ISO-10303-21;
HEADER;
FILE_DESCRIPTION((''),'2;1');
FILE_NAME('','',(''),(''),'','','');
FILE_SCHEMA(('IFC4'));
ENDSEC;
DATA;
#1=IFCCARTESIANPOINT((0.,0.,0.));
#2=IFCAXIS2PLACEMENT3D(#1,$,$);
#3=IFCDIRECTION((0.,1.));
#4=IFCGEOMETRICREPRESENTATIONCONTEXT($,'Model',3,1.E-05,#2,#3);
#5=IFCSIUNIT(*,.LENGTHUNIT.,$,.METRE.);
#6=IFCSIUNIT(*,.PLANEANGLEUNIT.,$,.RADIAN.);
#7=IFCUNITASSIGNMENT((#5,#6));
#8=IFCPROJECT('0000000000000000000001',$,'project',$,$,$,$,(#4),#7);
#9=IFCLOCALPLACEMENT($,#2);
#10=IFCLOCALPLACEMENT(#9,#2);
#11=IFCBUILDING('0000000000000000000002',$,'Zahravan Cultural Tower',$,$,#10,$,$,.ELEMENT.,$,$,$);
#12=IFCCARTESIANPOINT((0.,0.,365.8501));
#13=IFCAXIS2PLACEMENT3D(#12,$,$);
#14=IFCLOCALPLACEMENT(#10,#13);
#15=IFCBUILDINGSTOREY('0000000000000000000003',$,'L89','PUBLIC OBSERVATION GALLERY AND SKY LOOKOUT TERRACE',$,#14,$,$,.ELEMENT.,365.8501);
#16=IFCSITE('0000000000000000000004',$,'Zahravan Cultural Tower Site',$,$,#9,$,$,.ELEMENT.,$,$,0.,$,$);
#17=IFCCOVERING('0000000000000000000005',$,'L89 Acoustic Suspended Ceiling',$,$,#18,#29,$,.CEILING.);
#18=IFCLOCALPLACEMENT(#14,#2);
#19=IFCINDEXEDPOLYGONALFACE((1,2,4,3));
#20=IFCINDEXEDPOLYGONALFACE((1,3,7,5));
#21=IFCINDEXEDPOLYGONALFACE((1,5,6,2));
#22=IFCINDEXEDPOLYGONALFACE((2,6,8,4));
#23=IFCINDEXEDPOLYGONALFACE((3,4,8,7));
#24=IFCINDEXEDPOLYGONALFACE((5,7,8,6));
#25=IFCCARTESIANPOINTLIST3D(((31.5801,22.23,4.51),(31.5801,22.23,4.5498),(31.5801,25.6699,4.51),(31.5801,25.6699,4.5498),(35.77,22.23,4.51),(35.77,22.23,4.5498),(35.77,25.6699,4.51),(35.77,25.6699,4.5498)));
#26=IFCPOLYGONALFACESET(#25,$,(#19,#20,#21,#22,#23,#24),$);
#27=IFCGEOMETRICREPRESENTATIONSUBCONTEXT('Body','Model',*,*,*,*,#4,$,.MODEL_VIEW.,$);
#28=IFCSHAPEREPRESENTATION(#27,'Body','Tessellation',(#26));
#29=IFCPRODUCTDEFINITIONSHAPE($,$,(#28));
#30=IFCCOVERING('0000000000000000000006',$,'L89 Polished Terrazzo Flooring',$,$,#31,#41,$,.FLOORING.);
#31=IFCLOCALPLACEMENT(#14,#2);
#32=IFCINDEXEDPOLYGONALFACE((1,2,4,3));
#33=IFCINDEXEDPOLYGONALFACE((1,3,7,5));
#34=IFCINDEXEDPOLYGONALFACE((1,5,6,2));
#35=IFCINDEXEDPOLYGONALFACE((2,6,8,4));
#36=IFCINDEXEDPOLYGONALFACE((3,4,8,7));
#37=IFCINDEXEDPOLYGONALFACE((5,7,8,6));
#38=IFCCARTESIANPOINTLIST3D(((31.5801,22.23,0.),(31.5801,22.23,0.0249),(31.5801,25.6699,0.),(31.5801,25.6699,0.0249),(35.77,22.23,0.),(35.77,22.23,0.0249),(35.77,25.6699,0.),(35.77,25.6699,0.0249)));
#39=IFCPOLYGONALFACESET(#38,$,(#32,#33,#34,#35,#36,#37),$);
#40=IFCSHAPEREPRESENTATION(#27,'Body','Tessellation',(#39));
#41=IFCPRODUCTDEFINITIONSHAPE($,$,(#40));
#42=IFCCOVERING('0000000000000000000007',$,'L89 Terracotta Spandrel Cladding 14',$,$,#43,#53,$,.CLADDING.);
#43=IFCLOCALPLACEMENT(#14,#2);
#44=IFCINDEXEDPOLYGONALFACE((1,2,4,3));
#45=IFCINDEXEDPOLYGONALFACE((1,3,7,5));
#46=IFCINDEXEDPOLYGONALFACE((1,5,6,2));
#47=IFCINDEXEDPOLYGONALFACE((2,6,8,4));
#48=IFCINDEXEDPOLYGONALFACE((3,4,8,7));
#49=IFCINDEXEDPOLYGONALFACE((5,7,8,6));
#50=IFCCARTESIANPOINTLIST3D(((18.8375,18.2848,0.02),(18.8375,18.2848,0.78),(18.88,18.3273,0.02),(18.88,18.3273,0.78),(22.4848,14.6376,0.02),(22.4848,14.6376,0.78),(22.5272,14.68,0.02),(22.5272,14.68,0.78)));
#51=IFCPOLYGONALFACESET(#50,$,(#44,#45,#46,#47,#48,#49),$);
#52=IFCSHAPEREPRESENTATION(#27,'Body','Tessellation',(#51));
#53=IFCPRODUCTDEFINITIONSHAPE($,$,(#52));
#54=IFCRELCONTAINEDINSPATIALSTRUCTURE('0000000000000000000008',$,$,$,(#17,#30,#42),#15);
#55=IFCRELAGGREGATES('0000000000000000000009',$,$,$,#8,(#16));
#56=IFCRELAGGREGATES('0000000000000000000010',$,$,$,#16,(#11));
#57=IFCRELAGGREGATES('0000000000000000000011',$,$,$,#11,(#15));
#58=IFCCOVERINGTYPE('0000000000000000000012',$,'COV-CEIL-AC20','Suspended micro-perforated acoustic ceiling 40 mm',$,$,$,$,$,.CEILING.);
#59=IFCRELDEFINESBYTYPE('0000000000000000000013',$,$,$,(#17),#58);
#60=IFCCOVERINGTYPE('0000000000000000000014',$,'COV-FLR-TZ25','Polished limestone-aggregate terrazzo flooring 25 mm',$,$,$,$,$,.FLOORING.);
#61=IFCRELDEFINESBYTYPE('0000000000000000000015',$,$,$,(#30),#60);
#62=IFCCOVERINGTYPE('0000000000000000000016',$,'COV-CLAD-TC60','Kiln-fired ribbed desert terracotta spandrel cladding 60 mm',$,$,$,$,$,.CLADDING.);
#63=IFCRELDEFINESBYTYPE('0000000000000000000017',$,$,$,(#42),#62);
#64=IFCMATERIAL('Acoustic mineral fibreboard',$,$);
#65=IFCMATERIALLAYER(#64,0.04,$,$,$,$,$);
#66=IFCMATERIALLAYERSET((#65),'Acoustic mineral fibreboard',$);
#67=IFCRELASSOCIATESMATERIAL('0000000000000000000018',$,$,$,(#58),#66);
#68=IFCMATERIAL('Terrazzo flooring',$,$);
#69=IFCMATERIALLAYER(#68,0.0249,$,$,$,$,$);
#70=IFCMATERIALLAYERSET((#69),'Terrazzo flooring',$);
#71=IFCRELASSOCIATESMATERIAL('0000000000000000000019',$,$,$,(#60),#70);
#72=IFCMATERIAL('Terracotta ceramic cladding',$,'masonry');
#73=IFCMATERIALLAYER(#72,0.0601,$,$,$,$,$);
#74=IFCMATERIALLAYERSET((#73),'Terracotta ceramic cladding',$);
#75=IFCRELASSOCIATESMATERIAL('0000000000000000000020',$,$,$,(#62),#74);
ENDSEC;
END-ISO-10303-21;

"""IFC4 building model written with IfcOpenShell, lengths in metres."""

from ifc_helpers import new_model, si_unit, direction, frame, origin, origin_2d, place, context, subcontext, project, spatial, polyline, rectangle, outline, extrude, source, transform, mapped, material, layer, layer_set, type_object, element, save


model = new_model("IFC4")

# Units and contexts
model_context = context("Model", 3, precision=1e-05, world=origin(), true_north=direction((0.0, 1.0)))
body_context = subcontext(model_context, "Body", "Model", "MODEL_VIEW")
ifc_project = project(units=[si_unit("LENGTHUNIT", "METRE"), si_unit("PLANEANGLEUNIT", "RADIAN")], contexts=[model_context])

# Site, building, storey
site_placement = place(None, origin())
site = spatial("IfcSite", under=ifc_project, at=site_placement, Name="Zahravan Cultural Tower Site", CompositionType="ELEMENT", RefElevation=0.0)
building_placement = place(site_placement, origin())
building = spatial("IfcBuilding", under=site, at=building_placement, Name="Zahravan Cultural Tower", CompositionType="ELEMENT")
storey_placement = place(building_placement, frame((0.0, 0.0, 365.8501)))
storey = spatial("IfcBuildingStorey", under=building, at=storey_placement, Name="L89", Description="PUBLIC OBSERVATION GALLERY AND SKY LOOKOUT TERRACE", CompositionType="ELEMENT", Elevation=365.8501)

# Coverings
ifc_material_1 = material(Name="Acoustic mineral fibreboard")
ifc_layer_1 = layer(ifc_material_1, 0.04)
ifc_layer_set_1 = layer_set([ifc_layer_1], Name="Acoustic mineral fibreboard")
covering_type_1 = type_object("IfcCoveringType", Name="COV-CEIL-AC20", Description="Suspended micro-perforated acoustic ceiling 40 mm", PredefinedType="CEILING", material=ifc_layer_set_1)
covering_1_placement = place(storey_placement, frame((0.0, 0.0, 4.51)))
element("IfcCovering", 1, at=covering_1_placement, inside=storey, type_object=covering_type_1, Name="L89 Acoustic Suspended Ceiling", PredefinedType="CEILING", context=body_context, shape_type="SweptSolid", body=[
    extrude(outline(polyline([(35.77, 25.6699), (31.5801, 25.6699), (31.5801, 22.23), (35.77, 22.23), (35.77, 25.6699)])), origin(), (0.0, 0.0, 1.0), 0.0398),
])
ifc_material_2 = material(Name="Terrazzo flooring")
ifc_layer_2 = layer(ifc_material_2, 0.0249)
ifc_layer_set_2 = layer_set([ifc_layer_2], Name="Terrazzo flooring")
covering_type_2 = type_object("IfcCoveringType", Name="COV-FLR-TZ25", Description="Polished limestone-aggregate terrazzo flooring 25 mm", PredefinedType="FLOORING", material=ifc_layer_set_2)
covering_2_placement = place(storey_placement, origin())
element("IfcCovering", 2, at=covering_2_placement, inside=storey, type_object=covering_type_2, Name="L89 Polished Terrazzo Flooring", PredefinedType="FLOORING", context=body_context, shape_type="SweptSolid", body=[
    extrude(outline(polyline([(35.77, 25.6699), (31.5801, 25.6699), (31.5801, 22.23), (35.77, 22.23), (35.77, 25.6699)])), origin(), (0.0, 0.0, 1.0), 0.0249),
])
ifc_material_3 = material(Name="Terracotta ceramic cladding", Category="masonry")
ifc_layer_3 = layer(ifc_material_3, 0.0601)
ifc_layer_set_3 = layer_set([ifc_layer_3], Name="Terracotta ceramic cladding")
covering_type_3 = type_object("IfcCoveringType", Name="COV-CLAD-TC60", Description="Kiln-fired ribbed desert terracotta spandrel cladding 60 mm", PredefinedType="CLADDING", material=ifc_layer_set_3)
shared_shape_1 = source(origin(), body_context, "Body", "SweptSolid", [
    extrude(rectangle(XDim=5.158, YDim=0.0601, at=origin_2d()), origin(), (0.0, 0.0, 1.0), 0.76),
])
covering_3_placement = place(storey_placement, frame((20.6824, 16.4824, 0.02), z_axis=(0.0, 0.0, 1.0), x_axis=(-0.707107, 0.707107, 0.0)))
element("IfcCovering", 3, at=covering_3_placement, inside=storey, type_object=covering_type_3, Name="L89 Terracotta Spandrel Cladding 14", PredefinedType="CLADDING", context=body_context, shape_type="MappedRepresentation", body=[
    mapped(shared_shape_1, transform((0.0, 0.0, 0.0), x_axis=(1.0, 0.0, 0.0), y_axis=(0.0, 1.0, 0.0), z_axis=(0.0, 0.0, 1.0), scale=1.0)),
])

save(model, "model.ifc")
